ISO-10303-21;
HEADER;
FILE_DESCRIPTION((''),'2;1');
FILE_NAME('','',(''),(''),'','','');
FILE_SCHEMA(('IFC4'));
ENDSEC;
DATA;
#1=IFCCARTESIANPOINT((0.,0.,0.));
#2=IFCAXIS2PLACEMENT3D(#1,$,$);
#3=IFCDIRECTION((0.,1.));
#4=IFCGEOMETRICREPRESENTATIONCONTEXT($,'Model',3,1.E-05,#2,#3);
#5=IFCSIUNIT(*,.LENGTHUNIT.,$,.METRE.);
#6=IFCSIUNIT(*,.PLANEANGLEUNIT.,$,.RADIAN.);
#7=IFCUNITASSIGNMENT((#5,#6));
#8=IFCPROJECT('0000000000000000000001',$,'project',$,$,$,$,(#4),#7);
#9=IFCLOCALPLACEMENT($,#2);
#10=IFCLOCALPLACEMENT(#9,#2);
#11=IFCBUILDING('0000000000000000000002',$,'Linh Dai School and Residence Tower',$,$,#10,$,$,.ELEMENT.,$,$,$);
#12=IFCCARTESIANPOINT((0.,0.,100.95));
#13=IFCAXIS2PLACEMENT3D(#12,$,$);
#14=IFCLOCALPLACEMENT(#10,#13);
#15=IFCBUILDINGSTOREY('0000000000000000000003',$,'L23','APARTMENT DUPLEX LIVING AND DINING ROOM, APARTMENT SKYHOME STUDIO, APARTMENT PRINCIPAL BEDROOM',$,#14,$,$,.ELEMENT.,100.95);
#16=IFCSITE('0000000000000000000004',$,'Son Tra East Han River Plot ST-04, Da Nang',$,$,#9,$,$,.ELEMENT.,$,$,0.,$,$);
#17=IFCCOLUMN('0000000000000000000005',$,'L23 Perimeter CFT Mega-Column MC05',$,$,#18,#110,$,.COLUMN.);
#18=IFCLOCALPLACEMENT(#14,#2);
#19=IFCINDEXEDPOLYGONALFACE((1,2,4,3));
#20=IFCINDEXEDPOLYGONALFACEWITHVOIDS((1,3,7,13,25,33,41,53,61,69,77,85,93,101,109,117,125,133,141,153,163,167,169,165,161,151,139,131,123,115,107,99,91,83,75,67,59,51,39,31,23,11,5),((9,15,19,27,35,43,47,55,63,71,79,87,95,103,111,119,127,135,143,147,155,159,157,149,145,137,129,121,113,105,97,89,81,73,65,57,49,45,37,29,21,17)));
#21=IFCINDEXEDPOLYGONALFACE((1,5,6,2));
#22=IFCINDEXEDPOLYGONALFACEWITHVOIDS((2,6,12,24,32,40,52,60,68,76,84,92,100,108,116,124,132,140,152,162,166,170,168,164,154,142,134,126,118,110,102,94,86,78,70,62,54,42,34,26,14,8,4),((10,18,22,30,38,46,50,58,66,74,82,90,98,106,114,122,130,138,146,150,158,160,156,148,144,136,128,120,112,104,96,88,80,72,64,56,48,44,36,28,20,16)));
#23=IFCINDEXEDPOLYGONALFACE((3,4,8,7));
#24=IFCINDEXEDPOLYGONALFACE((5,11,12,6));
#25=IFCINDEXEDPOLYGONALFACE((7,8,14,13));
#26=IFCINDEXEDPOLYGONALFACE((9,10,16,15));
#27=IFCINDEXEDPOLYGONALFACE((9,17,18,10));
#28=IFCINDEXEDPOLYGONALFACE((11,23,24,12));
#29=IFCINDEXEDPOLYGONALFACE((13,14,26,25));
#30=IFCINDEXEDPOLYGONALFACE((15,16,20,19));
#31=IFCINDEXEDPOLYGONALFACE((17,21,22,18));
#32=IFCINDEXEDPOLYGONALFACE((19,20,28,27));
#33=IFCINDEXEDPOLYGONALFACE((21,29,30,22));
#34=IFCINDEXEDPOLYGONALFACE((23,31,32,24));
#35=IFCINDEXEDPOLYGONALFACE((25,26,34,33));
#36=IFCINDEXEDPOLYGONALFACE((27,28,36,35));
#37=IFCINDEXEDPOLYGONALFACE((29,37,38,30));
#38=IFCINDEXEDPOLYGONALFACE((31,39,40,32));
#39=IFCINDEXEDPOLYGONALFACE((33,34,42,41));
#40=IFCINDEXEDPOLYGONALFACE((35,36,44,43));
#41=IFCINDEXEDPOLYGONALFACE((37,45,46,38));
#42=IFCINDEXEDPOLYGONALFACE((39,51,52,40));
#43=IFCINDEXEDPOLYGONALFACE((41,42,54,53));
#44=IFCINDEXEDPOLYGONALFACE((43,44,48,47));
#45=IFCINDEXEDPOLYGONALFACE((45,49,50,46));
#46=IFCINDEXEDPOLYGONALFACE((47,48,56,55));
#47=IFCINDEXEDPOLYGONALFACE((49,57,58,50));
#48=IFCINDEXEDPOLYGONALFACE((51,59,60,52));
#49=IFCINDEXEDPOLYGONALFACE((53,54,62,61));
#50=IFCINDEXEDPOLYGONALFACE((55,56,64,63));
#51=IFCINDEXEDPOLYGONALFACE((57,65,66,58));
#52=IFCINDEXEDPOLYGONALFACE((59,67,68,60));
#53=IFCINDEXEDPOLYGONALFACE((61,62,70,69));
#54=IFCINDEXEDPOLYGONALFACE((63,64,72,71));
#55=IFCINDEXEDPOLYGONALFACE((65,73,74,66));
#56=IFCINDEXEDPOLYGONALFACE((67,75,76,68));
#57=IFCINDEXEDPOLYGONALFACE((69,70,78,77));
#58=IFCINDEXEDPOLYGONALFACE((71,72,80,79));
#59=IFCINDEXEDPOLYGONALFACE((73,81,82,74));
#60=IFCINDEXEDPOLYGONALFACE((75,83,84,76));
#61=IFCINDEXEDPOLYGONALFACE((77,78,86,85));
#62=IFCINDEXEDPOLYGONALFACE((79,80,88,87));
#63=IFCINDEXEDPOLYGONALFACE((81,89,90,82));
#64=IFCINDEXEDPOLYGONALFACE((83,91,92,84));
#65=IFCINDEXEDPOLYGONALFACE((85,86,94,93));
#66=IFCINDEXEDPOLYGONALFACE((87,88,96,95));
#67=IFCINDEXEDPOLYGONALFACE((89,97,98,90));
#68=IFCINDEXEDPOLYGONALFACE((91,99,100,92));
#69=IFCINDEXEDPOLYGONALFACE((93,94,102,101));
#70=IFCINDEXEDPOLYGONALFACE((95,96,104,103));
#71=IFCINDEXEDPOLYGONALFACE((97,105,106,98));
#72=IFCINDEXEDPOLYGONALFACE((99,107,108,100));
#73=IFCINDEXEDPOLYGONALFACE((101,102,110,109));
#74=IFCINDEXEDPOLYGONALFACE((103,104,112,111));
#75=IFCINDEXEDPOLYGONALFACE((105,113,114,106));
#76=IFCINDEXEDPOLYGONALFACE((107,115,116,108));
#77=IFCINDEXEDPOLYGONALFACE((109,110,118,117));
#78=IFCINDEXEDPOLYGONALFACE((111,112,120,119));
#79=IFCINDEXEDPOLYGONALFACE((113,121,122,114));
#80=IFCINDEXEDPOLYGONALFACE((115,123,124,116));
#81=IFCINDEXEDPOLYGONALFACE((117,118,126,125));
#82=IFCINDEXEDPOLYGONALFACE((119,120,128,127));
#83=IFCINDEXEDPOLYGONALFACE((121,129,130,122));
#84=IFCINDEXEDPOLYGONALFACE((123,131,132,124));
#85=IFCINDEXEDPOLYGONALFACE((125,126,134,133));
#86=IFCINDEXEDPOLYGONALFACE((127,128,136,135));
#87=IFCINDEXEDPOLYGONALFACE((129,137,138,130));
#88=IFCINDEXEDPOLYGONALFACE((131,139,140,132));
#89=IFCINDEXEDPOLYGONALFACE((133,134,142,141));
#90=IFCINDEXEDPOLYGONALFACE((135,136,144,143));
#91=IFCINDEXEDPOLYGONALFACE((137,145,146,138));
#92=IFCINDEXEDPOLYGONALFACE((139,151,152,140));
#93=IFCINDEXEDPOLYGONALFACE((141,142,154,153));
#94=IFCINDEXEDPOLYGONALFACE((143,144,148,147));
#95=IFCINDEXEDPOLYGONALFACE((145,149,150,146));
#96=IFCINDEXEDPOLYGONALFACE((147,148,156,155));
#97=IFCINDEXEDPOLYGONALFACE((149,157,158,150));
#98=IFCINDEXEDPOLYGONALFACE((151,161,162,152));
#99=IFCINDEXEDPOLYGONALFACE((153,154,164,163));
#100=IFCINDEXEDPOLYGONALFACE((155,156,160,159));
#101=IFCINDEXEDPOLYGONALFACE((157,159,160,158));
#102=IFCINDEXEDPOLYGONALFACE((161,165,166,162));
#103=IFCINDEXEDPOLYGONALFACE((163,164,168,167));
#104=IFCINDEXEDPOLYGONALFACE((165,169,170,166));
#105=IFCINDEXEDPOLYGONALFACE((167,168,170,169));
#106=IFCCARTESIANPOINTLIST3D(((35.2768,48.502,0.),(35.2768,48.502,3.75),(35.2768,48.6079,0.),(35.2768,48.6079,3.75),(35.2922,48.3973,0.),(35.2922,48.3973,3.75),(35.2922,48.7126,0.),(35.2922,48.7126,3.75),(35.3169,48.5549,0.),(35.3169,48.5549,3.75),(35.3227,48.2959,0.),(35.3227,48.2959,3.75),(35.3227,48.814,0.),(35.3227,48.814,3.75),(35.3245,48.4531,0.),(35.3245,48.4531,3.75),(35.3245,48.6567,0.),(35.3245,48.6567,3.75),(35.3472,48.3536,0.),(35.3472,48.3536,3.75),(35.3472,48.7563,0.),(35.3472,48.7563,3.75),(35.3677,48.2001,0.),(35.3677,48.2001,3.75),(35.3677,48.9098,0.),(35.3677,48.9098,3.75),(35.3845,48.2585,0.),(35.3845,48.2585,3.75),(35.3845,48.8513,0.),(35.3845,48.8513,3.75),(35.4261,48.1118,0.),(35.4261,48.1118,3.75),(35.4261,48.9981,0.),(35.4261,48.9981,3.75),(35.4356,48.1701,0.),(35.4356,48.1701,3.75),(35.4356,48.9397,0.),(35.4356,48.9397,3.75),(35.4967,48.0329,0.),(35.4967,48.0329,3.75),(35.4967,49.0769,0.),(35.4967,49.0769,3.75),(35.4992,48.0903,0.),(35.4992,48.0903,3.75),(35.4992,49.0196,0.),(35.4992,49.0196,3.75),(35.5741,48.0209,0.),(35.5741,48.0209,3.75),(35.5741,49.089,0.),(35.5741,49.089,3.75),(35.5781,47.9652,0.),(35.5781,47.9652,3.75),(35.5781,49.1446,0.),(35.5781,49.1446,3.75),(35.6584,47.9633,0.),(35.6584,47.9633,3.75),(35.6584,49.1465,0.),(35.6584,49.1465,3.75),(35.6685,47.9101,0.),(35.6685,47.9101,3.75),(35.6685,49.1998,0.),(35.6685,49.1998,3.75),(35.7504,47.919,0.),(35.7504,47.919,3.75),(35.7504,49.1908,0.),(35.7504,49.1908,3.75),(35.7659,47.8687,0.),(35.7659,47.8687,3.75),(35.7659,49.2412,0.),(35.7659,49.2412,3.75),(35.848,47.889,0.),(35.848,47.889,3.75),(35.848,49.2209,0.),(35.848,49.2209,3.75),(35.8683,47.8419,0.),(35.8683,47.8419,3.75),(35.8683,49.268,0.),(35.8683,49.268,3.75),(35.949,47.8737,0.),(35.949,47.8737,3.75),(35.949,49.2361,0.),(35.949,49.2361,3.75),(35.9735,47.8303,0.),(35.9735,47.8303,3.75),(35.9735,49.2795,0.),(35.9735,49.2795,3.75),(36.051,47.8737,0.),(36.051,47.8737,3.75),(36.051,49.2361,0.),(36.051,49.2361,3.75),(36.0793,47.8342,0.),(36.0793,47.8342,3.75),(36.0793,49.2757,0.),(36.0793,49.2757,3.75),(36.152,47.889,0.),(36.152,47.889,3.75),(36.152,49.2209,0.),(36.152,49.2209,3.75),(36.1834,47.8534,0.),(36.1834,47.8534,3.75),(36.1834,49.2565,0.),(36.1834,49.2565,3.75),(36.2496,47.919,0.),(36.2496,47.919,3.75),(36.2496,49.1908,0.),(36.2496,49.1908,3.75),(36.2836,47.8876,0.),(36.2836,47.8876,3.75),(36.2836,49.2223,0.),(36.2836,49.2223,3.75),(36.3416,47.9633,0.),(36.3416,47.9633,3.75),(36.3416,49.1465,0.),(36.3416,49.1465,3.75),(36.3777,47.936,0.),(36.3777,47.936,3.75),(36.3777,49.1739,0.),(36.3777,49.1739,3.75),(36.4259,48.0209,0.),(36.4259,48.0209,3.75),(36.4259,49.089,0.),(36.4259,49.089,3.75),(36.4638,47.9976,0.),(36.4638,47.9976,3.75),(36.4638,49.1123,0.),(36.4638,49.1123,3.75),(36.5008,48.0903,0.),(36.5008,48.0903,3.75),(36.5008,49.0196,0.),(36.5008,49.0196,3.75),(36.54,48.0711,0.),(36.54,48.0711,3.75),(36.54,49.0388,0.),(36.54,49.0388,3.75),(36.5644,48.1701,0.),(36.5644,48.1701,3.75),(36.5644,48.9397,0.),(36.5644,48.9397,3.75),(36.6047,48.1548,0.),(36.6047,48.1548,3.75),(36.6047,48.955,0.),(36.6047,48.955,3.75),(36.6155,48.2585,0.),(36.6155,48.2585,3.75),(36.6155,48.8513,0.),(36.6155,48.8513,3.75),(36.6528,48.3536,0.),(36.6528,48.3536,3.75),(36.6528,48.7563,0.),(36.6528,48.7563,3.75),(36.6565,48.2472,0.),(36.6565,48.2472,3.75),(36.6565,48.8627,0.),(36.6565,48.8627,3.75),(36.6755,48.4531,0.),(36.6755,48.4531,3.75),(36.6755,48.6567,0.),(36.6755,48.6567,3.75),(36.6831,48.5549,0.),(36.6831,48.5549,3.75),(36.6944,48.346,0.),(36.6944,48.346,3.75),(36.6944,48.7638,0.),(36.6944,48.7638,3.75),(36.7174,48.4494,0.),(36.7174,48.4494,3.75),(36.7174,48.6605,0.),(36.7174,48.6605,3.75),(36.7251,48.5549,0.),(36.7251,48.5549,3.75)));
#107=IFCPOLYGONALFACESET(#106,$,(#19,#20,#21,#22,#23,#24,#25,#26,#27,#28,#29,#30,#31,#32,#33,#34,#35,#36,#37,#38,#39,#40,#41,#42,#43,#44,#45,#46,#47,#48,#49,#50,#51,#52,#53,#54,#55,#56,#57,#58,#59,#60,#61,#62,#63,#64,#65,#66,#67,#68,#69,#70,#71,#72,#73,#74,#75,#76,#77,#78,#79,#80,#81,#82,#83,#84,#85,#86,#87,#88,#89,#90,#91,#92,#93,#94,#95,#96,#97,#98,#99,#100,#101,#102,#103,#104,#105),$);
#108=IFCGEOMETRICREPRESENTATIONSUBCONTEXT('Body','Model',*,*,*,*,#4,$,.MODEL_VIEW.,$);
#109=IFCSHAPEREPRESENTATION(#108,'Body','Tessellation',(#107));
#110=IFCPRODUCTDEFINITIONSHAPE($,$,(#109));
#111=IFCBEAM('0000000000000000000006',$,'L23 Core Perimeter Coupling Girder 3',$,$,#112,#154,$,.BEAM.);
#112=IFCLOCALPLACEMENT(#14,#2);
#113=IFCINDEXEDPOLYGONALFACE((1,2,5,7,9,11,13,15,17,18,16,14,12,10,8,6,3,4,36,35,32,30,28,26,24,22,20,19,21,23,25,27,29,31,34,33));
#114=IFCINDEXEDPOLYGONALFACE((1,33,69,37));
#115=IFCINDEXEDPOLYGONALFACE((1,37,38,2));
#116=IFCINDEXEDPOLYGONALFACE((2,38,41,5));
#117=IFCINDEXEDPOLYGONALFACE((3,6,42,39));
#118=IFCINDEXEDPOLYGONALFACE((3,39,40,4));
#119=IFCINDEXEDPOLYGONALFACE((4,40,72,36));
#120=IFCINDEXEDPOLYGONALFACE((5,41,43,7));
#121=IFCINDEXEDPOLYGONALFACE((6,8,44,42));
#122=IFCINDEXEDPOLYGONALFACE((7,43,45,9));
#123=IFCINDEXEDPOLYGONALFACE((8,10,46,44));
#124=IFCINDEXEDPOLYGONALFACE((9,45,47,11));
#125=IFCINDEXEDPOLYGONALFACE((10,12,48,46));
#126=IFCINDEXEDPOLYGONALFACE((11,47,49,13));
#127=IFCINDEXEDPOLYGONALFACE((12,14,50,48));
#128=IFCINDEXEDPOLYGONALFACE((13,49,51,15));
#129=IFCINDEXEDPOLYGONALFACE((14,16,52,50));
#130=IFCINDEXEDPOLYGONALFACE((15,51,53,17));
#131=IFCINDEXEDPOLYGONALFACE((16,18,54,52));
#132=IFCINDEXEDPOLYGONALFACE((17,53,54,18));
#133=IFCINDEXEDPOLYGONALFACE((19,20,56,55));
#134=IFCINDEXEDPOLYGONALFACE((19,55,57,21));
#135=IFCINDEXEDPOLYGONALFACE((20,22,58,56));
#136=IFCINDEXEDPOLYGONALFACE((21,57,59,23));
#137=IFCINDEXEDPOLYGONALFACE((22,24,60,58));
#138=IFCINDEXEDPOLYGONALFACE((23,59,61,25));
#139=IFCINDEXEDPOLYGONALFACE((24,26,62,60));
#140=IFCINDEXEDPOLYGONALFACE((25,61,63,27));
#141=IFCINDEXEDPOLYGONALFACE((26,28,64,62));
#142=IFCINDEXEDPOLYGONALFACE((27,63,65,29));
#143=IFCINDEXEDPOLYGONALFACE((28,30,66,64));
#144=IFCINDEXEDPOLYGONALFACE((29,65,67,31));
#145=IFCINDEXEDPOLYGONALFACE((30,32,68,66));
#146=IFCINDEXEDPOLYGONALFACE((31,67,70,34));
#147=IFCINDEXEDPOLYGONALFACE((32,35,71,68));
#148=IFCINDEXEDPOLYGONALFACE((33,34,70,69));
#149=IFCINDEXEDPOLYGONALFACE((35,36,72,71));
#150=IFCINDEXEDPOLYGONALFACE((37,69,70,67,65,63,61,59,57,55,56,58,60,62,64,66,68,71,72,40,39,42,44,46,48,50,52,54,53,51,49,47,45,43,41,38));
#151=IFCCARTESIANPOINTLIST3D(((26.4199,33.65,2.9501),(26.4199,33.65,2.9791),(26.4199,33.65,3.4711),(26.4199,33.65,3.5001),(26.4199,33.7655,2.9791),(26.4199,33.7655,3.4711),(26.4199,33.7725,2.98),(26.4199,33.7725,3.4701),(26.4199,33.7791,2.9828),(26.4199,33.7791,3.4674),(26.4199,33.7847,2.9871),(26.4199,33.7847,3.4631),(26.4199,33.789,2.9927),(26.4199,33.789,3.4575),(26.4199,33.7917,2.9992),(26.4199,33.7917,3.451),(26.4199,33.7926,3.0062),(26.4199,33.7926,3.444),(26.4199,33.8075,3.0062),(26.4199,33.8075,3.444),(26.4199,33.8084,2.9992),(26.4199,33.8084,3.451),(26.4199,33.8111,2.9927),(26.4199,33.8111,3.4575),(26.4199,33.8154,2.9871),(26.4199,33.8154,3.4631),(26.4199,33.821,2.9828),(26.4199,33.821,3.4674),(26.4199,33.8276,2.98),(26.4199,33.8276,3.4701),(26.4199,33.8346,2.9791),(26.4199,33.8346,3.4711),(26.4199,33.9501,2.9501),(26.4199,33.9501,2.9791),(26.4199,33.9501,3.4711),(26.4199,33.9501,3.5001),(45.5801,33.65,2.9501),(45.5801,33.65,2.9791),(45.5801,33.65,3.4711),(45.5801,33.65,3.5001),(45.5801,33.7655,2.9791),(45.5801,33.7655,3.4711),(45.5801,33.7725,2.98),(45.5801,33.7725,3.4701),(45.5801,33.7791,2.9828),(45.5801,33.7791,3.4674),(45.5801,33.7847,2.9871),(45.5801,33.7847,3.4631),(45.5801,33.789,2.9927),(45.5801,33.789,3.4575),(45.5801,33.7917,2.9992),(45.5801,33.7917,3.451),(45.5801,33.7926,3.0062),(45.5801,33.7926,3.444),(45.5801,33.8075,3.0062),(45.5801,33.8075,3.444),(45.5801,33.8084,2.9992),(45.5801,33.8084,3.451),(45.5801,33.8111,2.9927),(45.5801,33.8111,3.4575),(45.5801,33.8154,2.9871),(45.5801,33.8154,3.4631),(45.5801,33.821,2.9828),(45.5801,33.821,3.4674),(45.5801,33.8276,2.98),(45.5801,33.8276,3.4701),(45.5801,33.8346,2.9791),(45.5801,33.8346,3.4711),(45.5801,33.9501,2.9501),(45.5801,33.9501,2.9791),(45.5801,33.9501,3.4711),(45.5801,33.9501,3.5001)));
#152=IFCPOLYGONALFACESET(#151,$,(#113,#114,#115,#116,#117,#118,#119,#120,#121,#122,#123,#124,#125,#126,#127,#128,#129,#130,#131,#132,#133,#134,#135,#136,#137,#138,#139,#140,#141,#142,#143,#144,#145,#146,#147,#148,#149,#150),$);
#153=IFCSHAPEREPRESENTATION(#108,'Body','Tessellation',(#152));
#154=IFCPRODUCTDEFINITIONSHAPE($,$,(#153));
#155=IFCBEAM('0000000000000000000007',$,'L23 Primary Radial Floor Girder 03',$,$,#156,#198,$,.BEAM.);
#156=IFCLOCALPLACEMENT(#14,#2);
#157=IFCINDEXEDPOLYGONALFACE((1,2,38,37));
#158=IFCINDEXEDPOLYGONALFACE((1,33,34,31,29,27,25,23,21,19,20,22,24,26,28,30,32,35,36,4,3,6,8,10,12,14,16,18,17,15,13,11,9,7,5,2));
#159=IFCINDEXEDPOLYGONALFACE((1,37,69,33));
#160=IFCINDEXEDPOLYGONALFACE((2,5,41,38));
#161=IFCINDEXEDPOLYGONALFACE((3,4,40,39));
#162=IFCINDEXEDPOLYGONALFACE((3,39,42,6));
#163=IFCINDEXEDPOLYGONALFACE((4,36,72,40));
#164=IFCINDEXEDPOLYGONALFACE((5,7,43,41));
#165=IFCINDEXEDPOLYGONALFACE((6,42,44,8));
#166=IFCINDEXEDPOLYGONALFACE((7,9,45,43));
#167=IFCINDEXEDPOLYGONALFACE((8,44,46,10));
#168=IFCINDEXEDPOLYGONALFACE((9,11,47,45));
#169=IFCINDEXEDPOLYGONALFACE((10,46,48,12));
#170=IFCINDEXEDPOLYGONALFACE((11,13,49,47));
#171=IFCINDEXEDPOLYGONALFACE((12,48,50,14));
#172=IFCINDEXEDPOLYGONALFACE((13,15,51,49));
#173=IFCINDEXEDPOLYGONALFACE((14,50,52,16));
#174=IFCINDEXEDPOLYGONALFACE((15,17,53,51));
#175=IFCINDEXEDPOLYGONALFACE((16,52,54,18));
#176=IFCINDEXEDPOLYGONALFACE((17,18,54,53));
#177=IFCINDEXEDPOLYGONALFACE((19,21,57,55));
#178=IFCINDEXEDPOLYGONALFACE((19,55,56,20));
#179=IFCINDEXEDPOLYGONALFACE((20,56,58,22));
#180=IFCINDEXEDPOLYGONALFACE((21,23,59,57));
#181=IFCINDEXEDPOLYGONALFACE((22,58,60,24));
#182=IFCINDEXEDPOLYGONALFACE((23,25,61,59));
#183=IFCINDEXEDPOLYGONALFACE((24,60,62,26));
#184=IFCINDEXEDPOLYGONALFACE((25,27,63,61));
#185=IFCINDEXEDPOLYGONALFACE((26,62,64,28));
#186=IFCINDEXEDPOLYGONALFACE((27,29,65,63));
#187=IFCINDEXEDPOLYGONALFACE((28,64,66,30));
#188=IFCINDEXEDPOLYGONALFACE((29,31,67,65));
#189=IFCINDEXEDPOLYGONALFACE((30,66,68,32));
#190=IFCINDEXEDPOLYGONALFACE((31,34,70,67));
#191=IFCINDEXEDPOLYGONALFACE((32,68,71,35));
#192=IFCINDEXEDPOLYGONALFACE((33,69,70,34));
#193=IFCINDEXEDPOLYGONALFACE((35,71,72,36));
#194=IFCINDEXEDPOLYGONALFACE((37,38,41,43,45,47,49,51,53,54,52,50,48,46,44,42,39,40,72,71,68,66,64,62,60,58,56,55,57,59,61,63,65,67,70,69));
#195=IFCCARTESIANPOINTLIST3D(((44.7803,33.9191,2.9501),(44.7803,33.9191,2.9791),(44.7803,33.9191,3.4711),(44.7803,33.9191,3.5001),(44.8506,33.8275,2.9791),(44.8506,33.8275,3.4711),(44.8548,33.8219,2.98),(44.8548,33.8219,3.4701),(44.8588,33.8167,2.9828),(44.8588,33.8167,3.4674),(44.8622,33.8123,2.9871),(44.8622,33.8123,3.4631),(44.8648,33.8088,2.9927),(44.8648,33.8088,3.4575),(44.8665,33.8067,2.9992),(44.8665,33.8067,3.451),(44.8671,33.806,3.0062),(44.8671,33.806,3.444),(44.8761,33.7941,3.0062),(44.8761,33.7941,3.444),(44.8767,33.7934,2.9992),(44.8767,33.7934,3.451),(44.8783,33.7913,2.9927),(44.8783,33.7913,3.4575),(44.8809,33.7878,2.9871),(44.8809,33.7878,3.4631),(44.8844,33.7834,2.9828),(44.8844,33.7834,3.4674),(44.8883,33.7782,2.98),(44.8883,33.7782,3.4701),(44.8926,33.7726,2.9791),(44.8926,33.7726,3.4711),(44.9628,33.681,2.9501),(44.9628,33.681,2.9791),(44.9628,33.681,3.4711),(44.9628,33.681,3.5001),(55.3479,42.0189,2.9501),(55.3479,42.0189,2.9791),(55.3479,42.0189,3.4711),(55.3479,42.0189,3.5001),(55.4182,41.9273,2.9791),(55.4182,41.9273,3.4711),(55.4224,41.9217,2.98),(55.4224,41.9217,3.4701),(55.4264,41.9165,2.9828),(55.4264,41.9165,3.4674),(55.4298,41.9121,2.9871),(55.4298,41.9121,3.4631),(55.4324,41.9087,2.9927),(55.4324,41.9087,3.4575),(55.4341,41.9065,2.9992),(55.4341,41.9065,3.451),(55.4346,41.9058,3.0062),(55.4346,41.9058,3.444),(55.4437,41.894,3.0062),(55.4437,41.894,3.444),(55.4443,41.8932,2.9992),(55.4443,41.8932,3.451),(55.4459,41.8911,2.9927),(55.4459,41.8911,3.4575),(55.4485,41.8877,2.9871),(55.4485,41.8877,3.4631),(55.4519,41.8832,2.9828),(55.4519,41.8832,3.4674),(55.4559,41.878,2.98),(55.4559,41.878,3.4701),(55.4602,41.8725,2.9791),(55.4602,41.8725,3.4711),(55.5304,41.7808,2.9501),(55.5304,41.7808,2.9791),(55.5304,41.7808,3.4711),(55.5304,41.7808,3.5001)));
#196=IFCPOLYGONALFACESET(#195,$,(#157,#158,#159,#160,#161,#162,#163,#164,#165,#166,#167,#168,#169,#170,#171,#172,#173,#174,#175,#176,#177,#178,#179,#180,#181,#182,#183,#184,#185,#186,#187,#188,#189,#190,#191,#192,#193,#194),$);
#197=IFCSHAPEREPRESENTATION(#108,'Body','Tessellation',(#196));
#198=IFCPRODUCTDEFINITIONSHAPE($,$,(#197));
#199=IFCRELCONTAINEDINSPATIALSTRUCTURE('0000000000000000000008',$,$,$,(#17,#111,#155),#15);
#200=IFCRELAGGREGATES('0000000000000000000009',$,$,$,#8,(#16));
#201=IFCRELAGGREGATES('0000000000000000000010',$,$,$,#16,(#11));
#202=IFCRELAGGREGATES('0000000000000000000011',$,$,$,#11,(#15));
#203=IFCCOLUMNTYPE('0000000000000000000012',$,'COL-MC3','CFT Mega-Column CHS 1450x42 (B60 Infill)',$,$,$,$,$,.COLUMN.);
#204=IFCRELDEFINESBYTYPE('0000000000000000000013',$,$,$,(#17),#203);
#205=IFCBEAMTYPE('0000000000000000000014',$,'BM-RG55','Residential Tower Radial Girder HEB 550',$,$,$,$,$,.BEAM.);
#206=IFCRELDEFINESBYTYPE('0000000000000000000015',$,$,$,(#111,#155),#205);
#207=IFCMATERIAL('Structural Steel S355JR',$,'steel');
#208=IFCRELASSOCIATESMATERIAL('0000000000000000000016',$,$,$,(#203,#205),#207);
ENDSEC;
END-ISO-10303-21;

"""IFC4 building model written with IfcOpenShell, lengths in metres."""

from ifc_helpers import new_model, si_unit, direction, frame, origin, origin_2d, place, context, subcontext, project, spatial, hollow_circle, i_section, extrude, material, material_profile, profile_set, type_object, element, save


model = new_model("IFC4")

# Units and contexts
model_context = context("Model", 3, precision=1e-05, world=origin(), true_north=direction((0.0, 1.0)))
body_context = subcontext(model_context, "Body", "Model", "MODEL_VIEW")
ifc_project = project(units=[si_unit("LENGTHUNIT", "METRE"), si_unit("PLANEANGLEUNIT", "RADIAN")], contexts=[model_context])

# Site, building, storey
site_placement = place(None, origin())
site = spatial("IfcSite", under=ifc_project, at=site_placement, Name="Son Tra East Han River Plot ST-04, Da Nang", CompositionType="ELEMENT", RefElevation=0.0)
building_placement = place(site_placement, origin())
building = spatial("IfcBuilding", under=site, at=building_placement, Name="Linh Dai School and Residence Tower", CompositionType="ELEMENT")
storey_placement = place(building_placement, frame((0.0, 0.0, 100.95)))
storey = spatial("IfcBuildingStorey", under=building, at=storey_placement, Name="L23", Description="APARTMENT DUPLEX LIVING AND DINING ROOM, APARTMENT SKYHOME STUDIO, APARTMENT PRINCIPAL BEDROOM", CompositionType="ELEMENT", Elevation=100.95)

# Column
ifc_material_1 = material(Name="Structural Steel S355JR", Category="steel")
ifc_material_profile_1 = material_profile(ifc_material_1, hollow_circle(Radius=0.7251, WallThickness=0.042, at=origin_2d()), Name="CHS 1450x42")
ifc_profile_set_1 = profile_set([ifc_material_profile_1], Name="Structural Steel S355JR")
column_type = type_object("IfcColumnType", Name="COL-MC3", Description="CFT Mega-Column CHS 1450x42 (B60 Infill)", PredefinedType="COLUMN", material=ifc_profile_set_1)
column_placement = place(storey_placement, frame((36.0, 48.5549, 0.0), z_axis=(0.0, 0.0, 1.0), x_axis=(1.0, 0.0, 0.0)))
element("IfcColumn", 1, at=column_placement, inside=storey, type_object=column_type, Name="L23 Perimeter CFT Mega-Column MC05", PredefinedType="COLUMN", context=body_context, shape_type="SweptSolid", body=[
    extrude(hollow_circle(Radius=0.7251, WallThickness=0.042, at=origin_2d()), origin(), (0.0, 0.0, 1.0), 3.75),
])

# Beams
ifc_material_profile_2 = material_profile(ifc_material_1, i_section(OverallWidth=0.3, OverallDepth=0.55, WebThickness=0.0149, FlangeThickness=0.0291, FilletRadius=0.0271, at=origin_2d()), Name="HEB 550")
ifc_profile_set_2 = profile_set([ifc_material_profile_2], Name="Structural Steel S355JR")
beam_type_1 = type_object("IfcBeamType", Name="BM-RG55", Description="Residential Tower Radial Girder HEB 550", PredefinedType="BEAM", material=ifc_profile_set_2)
beam_1_placement = place(storey_placement, frame((45.5801, 33.8, 3.2251), z_axis=(-1.0, 0.0, 0.0), x_axis=(0.0, -1.0, 0.0)))
element("IfcBeam", 2, at=beam_1_placement, inside=storey, type_object=beam_type_1, Name="L23 Core Perimeter Coupling Girder 3", PredefinedType="BEAM", context=body_context, shape_type="SweptSolid", body=[
    extrude(i_section(OverallWidth=0.3, OverallDepth=0.55, WebThickness=0.0149, FlangeThickness=0.0291, FilletRadius=0.0271, at=origin_2d()), origin(), (0.0, 0.0, 1.0), 19.1602),
])
beam_2_placement = place(storey_placement, frame((44.8716, 33.8, 3.2251), z_axis=(0.793679, 0.608337, 0.0), x_axis=(-0.608337, 0.793679, 0.0)))
element("IfcBeam", 3, at=beam_2_placement, inside=storey, type_object=beam_type_1, Name="L23 Primary Radial Floor Girder 03", PredefinedType="BEAM", context=body_context, shape_type="SweptSolid", body=[
    extrude(i_section(OverallWidth=0.3, OverallDepth=0.55, WebThickness=0.0149, FlangeThickness=0.0291, FilletRadius=0.0271, at=origin_2d()), origin(), (0.0, 0.0, 1.0), 13.3147),
])

save(model, "model.ifc")
